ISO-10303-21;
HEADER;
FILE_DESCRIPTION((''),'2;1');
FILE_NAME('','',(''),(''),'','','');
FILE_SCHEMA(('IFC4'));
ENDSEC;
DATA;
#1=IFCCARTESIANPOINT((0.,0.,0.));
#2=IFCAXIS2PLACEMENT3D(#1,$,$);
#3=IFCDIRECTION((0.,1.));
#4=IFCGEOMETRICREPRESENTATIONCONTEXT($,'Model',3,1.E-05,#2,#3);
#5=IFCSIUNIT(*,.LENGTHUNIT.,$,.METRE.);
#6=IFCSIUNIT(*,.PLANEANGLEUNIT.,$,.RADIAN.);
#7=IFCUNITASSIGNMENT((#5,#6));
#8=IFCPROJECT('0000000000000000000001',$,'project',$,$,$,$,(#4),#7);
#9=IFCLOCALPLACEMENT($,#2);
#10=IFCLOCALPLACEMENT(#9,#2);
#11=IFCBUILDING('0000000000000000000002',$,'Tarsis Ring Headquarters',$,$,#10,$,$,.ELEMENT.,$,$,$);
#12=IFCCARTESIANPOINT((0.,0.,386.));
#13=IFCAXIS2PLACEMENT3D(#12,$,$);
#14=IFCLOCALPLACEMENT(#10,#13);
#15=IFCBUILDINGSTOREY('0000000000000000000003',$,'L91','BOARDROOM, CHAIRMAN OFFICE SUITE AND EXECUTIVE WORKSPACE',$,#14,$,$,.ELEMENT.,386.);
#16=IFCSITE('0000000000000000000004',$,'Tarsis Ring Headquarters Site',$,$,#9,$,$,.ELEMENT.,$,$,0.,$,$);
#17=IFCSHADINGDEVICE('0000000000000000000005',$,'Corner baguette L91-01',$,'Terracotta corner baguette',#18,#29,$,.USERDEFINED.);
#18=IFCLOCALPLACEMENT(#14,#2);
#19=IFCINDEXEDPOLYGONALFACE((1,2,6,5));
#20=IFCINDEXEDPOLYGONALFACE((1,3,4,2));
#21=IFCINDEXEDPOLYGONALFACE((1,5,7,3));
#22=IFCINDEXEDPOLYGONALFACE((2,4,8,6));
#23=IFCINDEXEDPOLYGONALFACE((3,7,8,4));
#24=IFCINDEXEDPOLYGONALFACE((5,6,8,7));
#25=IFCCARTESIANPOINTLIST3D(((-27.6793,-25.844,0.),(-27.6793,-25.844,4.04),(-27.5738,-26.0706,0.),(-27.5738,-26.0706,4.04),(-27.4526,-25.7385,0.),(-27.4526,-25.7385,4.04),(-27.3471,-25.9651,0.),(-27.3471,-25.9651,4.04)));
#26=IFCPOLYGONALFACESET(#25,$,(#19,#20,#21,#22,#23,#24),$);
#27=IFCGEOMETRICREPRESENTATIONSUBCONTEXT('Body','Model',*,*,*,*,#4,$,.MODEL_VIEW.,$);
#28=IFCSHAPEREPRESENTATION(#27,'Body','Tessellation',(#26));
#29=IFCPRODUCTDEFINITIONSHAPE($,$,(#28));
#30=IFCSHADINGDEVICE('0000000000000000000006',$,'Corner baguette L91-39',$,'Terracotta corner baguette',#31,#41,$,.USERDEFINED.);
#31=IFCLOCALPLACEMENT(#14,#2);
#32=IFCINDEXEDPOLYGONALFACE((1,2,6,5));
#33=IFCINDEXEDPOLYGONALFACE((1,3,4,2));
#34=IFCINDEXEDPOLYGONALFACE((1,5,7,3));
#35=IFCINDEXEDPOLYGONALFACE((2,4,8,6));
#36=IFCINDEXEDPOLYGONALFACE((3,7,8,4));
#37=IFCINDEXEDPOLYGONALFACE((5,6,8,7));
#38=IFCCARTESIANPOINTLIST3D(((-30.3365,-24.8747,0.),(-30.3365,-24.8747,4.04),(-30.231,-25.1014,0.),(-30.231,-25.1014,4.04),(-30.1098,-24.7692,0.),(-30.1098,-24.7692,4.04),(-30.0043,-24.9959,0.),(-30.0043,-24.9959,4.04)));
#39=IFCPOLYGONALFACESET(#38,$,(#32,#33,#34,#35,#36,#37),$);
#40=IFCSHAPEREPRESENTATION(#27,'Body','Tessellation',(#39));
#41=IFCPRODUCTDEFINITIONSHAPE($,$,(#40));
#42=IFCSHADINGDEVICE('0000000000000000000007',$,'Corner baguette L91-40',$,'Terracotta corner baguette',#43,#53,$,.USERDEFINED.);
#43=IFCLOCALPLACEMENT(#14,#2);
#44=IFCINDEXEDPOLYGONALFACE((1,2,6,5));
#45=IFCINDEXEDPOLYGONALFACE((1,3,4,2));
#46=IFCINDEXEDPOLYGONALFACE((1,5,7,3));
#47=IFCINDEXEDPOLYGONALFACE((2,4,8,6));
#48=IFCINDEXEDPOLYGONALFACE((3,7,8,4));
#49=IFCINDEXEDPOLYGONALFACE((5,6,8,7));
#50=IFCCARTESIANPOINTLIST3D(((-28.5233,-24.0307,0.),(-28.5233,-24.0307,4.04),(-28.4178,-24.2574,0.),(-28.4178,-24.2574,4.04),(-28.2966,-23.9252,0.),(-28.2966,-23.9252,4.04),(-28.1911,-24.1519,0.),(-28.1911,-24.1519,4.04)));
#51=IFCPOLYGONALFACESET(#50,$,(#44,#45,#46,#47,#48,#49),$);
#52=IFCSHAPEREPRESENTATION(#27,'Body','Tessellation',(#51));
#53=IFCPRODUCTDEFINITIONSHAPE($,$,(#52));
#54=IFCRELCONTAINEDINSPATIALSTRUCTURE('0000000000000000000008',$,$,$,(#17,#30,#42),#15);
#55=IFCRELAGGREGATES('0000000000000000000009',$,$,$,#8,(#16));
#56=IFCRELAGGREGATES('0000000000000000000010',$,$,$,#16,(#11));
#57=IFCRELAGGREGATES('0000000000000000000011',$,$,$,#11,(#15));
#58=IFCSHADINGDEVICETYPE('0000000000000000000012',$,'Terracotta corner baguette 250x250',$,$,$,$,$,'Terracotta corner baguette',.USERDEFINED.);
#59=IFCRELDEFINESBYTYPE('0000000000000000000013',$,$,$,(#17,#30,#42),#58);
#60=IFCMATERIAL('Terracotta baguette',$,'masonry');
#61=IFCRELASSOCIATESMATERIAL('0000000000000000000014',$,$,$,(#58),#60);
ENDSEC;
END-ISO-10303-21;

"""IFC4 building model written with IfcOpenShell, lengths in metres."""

from ifc_helpers import new_model, si_unit, direction, frame, origin, origin_2d, place, context, subcontext, project, spatial, rectangle, extrude, material, type_object, element, save


model = new_model("IFC4")

# Units and contexts
model_context = context("Model", 3, precision=1e-05, world=origin(), true_north=direction((0.0, 1.0)))
body_context = subcontext(model_context, "Body", "Model", "MODEL_VIEW")
ifc_project = project(units=[si_unit("LENGTHUNIT", "METRE"), si_unit("PLANEANGLEUNIT", "RADIAN")], contexts=[model_context])

# Site, building, storey
site_placement = place(None, origin())
site = spatial("IfcSite", under=ifc_project, at=site_placement, Name="Tarsis Ring Headquarters Site", CompositionType="ELEMENT", RefElevation=0.0)
building_placement = place(site_placement, origin())
building = spatial("IfcBuilding", under=site, at=building_placement, Name="Tarsis Ring Headquarters", CompositionType="ELEMENT")
storey_placement = place(building_placement, frame((0.0, 0.0, 386.0)))
storey = spatial("IfcBuildingStorey", under=building, at=storey_placement, Name="L91", Description="BOARDROOM, CHAIRMAN OFFICE SUITE AND EXECUTIVE WORKSPACE", CompositionType="ELEMENT", Elevation=386.0)

# Shading devices
ifc_material_1 = material(Name="Terracotta baguette", Category="masonry")
shading_device_type_1 = type_object("IfcShadingDeviceType", Name="Terracotta corner baguette 250x250", ElementType="Terracotta corner baguette", PredefinedType="USERDEFINED", material=ifc_material_1)
for number, where, z_axis, x_axis, name in (
    (1, (-27.5132, -25.9045, 0.0), (0.0, 0.0, 1.0), (0.421986, -0.906603, 0.0), "Corner baguette L91-01"),
    (2, (-30.1704, -24.9353, 0.0), (0.0, 0.0, 1.0), (0.421985, -0.906603, 0.0), "Corner baguette L91-39"),
    (3, (-28.3572, -24.0913, 0.0), (0.0, 0.0, 1.0), (0.906603, 0.421985, 0.0), "Corner baguette L91-40"),
):
    element("IfcShadingDevice", number, at=place(storey_placement, frame(where, z_axis=z_axis, x_axis=x_axis)), inside=storey, type_object=shading_device_type_1, Name=name, ObjectType="Terracotta corner baguette", PredefinedType="USERDEFINED", context=body_context, shape_type="SweptSolid", body=[
        extrude(rectangle(XDim=0.25, YDim=0.25, at=origin_2d()), origin(), (0.0, 0.0, 1.0), 4.04),
    ])

save(model, "model.ifc")
